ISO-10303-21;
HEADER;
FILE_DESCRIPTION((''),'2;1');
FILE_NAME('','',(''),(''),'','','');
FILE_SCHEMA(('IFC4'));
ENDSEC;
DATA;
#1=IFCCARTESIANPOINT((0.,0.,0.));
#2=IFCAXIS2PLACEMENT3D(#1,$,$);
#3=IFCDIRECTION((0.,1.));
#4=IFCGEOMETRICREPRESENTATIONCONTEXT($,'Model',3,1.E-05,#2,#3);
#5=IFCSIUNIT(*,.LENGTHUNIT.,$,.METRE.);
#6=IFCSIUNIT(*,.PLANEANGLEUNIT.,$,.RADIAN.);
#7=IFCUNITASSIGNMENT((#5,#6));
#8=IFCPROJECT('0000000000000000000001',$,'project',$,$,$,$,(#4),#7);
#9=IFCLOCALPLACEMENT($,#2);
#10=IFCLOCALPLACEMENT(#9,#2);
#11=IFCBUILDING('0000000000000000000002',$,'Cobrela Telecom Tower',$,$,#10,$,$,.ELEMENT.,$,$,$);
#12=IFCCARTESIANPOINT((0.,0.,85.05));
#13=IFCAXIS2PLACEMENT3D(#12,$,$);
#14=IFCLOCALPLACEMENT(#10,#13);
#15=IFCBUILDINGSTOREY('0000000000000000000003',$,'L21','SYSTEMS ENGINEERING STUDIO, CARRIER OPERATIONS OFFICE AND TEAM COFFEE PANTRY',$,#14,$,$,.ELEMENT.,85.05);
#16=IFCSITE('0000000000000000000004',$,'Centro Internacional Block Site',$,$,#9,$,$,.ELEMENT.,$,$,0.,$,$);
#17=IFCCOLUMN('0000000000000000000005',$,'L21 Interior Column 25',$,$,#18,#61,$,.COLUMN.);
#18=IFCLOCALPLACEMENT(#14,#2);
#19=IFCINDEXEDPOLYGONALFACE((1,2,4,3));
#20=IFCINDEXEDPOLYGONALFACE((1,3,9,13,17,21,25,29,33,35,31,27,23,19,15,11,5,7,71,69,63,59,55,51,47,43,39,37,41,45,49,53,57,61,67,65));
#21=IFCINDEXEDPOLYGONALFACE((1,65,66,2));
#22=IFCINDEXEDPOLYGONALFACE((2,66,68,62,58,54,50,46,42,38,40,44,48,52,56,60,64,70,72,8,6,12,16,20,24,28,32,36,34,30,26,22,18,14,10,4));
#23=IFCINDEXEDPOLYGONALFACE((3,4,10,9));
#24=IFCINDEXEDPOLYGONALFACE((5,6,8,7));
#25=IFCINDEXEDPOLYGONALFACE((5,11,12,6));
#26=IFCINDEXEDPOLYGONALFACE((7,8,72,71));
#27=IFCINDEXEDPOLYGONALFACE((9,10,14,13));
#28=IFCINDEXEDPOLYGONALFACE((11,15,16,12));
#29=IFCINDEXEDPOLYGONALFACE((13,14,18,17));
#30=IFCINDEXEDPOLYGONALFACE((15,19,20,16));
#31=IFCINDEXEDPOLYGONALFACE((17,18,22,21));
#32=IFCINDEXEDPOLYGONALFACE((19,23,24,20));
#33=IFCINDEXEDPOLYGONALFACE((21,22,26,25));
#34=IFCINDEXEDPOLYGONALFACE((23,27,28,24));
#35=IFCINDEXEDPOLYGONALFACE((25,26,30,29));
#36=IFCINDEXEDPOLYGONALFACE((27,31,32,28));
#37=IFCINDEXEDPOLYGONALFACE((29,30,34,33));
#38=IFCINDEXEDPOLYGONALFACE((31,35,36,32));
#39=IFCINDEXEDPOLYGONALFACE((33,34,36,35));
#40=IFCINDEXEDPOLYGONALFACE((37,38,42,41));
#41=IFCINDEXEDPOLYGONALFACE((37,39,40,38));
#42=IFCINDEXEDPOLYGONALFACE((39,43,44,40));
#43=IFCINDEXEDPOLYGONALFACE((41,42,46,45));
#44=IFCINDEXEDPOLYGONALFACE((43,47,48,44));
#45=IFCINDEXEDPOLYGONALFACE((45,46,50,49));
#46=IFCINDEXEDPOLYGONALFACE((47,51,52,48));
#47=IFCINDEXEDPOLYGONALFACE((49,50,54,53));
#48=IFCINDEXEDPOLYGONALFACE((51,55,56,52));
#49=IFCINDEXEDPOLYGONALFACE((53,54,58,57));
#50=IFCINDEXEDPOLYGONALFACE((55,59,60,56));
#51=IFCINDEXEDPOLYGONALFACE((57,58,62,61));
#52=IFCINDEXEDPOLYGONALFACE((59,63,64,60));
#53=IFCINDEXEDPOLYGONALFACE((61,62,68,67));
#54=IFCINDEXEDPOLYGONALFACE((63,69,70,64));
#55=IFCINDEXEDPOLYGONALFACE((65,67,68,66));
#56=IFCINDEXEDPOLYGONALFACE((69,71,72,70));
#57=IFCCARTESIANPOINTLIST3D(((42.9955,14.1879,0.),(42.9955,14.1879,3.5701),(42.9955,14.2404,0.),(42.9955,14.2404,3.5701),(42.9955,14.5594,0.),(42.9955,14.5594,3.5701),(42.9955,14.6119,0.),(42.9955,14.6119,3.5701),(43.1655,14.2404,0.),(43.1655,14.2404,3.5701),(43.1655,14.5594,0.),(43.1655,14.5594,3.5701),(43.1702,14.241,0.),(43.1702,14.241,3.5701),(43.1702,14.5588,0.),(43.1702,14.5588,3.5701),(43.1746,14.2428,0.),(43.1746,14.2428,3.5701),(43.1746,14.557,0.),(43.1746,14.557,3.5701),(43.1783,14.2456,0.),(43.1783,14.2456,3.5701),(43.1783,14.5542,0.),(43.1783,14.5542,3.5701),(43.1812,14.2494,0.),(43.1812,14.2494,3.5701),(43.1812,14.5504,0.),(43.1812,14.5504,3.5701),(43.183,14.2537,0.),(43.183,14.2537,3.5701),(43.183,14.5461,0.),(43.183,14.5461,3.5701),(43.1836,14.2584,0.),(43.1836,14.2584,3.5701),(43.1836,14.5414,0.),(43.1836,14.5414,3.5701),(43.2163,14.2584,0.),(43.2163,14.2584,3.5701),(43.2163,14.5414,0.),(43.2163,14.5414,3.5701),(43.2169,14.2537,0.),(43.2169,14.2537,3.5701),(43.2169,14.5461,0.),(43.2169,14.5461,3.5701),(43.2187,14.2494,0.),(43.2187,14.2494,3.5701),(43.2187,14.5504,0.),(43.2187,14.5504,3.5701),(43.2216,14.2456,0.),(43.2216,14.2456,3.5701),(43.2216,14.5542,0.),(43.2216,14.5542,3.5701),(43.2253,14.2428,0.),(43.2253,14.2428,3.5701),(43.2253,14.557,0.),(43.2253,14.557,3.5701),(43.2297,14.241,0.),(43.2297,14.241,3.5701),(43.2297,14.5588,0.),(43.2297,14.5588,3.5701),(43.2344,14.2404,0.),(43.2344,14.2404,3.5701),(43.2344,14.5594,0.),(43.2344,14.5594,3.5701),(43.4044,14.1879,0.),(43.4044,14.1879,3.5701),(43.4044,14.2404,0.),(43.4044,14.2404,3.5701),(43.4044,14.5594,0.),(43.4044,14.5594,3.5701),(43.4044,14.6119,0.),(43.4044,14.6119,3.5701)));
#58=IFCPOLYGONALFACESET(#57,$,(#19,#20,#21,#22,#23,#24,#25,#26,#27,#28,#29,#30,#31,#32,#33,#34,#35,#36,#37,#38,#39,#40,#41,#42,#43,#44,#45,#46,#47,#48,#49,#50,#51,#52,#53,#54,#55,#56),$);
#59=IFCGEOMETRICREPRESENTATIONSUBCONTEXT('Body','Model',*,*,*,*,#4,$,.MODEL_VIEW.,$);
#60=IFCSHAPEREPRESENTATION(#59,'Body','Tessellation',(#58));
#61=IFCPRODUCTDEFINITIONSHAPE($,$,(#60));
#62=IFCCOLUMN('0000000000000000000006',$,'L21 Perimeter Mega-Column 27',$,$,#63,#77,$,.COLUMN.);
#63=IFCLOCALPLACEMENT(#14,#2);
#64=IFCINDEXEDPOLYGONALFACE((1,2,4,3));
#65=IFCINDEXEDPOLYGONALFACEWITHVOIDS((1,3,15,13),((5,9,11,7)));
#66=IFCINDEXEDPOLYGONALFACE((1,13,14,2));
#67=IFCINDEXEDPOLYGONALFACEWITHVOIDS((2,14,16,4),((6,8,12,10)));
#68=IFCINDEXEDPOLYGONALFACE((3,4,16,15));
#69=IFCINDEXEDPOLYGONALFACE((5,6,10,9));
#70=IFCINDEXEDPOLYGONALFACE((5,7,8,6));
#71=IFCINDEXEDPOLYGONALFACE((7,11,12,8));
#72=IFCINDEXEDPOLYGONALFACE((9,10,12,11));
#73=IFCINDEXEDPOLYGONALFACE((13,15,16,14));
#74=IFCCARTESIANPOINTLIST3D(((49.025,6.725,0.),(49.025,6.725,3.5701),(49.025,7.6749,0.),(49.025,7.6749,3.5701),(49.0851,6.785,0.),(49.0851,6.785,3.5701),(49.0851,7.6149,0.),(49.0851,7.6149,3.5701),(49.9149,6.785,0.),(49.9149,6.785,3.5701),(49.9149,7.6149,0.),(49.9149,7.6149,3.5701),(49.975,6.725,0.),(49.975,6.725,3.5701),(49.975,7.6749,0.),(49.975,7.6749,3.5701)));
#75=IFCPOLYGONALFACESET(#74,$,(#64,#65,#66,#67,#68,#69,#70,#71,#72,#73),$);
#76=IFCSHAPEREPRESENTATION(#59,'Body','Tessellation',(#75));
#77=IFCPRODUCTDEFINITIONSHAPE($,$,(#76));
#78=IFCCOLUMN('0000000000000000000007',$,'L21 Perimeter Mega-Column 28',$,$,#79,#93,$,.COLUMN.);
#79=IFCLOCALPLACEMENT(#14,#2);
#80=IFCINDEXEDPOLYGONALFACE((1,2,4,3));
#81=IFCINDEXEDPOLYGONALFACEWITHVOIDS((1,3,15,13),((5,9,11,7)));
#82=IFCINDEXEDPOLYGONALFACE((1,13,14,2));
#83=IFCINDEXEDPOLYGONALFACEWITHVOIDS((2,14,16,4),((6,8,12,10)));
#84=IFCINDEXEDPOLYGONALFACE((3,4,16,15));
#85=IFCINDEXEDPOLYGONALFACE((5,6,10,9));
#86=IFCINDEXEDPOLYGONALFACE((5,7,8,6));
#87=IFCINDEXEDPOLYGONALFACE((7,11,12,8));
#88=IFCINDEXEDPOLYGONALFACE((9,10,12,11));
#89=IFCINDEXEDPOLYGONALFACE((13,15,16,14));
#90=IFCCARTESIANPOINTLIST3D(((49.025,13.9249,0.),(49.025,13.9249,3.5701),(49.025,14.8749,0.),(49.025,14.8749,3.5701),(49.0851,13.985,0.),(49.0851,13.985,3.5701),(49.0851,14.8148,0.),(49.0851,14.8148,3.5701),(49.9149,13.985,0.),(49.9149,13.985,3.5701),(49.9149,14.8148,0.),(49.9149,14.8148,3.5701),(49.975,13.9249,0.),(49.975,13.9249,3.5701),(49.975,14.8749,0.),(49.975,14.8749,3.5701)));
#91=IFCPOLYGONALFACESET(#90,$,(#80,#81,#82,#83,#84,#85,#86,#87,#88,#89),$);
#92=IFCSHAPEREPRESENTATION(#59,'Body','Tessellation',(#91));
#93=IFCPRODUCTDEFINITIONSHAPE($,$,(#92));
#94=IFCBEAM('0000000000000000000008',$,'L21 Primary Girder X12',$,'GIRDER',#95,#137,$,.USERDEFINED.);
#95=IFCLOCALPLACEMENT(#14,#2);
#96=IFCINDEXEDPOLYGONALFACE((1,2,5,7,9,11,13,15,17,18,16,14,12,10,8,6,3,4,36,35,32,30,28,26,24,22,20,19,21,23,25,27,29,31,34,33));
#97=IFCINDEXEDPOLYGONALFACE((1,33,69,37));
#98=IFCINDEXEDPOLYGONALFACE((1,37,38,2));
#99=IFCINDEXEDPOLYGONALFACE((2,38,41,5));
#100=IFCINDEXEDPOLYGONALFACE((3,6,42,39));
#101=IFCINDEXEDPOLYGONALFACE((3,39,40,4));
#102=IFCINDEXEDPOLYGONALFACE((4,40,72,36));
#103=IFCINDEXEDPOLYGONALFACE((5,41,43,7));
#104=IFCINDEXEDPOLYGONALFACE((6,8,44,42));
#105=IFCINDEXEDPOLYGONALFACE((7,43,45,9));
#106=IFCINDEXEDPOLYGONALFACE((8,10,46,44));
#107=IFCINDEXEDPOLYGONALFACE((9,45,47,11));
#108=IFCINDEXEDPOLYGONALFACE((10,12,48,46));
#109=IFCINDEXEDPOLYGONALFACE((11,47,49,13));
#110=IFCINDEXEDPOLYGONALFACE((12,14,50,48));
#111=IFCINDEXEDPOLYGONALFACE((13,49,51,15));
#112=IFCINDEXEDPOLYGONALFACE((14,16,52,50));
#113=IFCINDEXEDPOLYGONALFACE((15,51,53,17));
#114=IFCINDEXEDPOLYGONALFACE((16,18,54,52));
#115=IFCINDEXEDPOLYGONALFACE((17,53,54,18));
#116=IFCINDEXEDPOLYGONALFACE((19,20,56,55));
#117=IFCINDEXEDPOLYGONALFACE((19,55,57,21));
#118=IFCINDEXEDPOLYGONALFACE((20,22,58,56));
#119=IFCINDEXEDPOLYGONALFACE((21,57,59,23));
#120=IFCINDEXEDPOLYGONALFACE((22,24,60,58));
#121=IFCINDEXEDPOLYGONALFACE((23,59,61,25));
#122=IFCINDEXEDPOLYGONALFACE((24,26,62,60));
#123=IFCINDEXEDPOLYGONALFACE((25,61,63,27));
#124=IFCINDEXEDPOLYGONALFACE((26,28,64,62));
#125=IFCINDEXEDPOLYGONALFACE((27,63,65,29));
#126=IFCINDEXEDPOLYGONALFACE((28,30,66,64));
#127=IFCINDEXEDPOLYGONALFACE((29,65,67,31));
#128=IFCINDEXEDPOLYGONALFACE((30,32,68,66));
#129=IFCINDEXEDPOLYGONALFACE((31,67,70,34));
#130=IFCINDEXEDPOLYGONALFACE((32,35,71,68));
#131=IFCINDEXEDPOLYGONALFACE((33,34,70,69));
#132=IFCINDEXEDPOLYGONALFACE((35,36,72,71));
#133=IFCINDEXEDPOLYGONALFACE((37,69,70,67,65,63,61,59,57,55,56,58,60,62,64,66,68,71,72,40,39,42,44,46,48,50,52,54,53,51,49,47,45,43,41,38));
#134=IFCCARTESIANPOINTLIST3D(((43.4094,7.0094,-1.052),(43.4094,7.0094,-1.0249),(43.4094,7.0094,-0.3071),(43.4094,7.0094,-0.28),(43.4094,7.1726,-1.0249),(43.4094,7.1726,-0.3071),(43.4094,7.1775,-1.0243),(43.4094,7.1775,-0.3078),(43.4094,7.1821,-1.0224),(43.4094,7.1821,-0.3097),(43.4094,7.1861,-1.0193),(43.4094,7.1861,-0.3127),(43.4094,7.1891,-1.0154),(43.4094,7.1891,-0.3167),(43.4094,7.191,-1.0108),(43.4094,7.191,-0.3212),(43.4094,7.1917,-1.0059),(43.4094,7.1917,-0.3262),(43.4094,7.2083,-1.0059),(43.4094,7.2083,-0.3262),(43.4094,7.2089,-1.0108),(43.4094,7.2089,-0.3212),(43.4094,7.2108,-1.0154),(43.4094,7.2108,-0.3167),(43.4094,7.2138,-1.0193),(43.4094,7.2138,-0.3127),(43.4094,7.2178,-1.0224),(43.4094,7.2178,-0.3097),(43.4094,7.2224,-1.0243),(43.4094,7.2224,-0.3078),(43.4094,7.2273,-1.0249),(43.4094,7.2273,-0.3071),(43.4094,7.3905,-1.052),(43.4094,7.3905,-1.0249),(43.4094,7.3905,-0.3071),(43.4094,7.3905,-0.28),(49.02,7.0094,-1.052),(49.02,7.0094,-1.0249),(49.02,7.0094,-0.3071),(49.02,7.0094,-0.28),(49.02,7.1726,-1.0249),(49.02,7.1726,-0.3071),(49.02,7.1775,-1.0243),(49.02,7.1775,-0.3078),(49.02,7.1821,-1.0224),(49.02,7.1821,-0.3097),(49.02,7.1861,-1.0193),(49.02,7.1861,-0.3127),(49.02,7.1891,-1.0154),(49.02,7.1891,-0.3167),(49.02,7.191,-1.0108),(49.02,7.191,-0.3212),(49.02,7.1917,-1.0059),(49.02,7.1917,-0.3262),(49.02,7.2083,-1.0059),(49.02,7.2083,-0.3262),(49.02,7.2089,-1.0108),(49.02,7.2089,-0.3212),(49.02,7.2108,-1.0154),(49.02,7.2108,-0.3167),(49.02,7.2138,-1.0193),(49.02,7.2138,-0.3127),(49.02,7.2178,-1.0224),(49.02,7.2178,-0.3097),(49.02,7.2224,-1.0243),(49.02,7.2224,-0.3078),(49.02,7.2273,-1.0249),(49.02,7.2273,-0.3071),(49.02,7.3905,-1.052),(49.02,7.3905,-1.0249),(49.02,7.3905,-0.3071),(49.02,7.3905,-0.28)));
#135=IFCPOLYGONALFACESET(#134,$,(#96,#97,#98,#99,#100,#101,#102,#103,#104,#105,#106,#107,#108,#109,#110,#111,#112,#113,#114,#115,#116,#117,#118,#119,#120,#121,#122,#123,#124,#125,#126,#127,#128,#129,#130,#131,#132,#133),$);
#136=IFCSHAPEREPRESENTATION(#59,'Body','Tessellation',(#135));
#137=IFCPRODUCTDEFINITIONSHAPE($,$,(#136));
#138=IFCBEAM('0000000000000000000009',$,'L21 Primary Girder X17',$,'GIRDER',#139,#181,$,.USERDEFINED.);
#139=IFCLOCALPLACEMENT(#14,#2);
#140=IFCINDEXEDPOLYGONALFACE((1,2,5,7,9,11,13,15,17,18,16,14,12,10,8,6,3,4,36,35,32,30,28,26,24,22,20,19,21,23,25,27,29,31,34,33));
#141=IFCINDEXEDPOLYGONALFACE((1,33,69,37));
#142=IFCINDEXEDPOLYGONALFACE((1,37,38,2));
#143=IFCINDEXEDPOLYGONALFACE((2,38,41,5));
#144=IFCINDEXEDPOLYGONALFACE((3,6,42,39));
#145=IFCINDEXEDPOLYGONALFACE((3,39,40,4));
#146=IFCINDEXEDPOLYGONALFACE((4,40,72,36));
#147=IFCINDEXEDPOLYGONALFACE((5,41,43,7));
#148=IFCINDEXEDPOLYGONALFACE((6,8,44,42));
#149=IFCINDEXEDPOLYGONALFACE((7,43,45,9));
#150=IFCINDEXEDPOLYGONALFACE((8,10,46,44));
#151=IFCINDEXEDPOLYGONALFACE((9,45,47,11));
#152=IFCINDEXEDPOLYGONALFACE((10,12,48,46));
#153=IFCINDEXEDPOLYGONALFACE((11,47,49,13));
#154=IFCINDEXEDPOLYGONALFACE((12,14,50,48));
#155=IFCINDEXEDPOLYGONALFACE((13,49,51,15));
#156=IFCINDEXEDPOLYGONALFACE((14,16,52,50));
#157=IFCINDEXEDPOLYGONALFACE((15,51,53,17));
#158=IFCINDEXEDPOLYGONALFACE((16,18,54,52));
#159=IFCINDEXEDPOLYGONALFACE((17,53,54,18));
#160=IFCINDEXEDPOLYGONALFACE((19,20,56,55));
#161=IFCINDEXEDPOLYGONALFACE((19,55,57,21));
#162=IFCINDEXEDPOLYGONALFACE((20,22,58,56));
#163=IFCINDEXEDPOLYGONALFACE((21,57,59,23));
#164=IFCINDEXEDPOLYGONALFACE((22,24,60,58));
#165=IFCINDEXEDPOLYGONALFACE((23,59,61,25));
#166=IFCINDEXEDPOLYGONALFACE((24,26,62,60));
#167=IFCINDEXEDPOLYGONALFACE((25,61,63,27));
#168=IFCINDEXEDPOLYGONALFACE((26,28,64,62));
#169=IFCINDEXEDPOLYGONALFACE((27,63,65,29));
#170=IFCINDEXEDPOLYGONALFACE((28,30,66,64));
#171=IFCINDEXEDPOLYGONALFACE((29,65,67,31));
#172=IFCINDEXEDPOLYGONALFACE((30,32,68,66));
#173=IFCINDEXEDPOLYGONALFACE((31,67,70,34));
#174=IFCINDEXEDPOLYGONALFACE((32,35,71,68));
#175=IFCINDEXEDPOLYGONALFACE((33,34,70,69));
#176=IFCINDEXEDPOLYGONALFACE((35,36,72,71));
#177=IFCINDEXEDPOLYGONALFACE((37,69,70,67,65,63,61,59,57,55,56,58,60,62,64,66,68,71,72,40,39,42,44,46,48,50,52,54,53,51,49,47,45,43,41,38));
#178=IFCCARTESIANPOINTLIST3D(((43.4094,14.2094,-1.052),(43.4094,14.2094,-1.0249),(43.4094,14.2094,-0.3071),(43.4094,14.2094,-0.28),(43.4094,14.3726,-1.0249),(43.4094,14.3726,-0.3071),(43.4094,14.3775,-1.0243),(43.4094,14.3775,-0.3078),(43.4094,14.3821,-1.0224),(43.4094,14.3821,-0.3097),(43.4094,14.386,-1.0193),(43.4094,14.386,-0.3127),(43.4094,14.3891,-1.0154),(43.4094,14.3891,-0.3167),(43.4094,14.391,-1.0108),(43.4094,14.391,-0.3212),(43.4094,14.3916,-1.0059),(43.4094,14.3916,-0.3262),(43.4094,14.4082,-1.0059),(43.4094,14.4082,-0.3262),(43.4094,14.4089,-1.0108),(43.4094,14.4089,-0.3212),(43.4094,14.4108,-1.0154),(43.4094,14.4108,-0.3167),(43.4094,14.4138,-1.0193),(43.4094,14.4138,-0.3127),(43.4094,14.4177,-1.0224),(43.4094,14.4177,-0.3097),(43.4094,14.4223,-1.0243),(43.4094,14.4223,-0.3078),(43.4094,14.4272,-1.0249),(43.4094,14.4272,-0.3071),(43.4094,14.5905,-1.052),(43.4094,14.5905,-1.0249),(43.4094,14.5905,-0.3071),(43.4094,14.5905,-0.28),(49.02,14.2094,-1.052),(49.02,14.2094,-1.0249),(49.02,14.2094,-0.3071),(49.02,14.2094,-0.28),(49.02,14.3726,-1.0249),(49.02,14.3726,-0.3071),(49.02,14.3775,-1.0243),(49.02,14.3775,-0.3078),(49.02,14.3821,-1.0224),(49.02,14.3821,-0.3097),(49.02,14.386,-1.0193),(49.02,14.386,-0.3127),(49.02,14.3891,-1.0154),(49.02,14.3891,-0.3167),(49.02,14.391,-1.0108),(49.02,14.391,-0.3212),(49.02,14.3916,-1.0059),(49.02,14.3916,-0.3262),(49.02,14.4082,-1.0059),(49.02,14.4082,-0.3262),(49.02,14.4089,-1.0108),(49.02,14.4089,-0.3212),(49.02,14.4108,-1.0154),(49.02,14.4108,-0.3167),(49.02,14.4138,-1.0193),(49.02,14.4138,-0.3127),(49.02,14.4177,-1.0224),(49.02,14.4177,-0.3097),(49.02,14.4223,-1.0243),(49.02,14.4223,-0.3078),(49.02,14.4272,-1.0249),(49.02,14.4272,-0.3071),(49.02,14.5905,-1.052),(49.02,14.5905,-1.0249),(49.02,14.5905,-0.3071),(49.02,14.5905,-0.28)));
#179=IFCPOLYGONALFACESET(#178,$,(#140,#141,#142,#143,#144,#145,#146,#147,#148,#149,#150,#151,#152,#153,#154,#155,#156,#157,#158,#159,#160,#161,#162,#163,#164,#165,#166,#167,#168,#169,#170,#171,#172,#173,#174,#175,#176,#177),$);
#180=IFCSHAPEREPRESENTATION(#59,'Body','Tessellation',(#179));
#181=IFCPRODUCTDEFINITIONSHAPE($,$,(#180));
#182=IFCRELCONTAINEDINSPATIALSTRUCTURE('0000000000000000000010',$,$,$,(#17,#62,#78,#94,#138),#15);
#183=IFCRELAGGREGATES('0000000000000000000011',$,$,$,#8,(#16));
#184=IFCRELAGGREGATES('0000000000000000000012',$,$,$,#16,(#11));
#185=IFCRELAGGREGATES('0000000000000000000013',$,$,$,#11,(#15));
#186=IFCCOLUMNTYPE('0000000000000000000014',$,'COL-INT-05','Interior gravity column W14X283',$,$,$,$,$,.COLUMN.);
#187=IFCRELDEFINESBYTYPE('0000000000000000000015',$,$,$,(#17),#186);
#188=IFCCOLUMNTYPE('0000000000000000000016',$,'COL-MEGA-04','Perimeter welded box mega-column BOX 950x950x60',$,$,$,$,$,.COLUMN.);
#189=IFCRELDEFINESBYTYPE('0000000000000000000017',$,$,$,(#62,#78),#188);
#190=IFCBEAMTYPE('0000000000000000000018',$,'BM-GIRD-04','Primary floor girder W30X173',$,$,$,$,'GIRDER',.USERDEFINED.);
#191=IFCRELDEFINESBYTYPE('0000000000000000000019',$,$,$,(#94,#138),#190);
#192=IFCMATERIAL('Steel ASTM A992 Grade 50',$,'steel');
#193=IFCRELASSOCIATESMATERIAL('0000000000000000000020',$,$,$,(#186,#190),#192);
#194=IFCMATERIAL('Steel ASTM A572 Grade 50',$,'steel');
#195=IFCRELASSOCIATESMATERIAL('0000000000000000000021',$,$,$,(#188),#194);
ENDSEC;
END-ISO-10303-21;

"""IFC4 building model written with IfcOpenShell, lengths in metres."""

from ifc_helpers import new_model, si_unit, direction, frame, origin, origin_2d, place, context, subcontext, project, spatial, hollow_rectangle, i_section, extrude, material, material_profile, profile_set, type_object, element, save


model = new_model("IFC4")

# Units and contexts
model_context = context("Model", 3, precision=1e-05, world=origin(), true_north=direction((0.0, 1.0)))
body_context = subcontext(model_context, "Body", "Model", "MODEL_VIEW")
ifc_project = project(units=[si_unit("LENGTHUNIT", "METRE"), si_unit("PLANEANGLEUNIT", "RADIAN")], contexts=[model_context])

# Site, building, storey
site_placement = place(None, origin())
site = spatial("IfcSite", under=ifc_project, at=site_placement, Name="Centro Internacional Block Site", CompositionType="ELEMENT", RefElevation=0.0)
building_placement = place(site_placement, origin())
building = spatial("IfcBuilding", under=site, at=building_placement, Name="Cobrela Telecom Tower", CompositionType="ELEMENT")
storey_placement = place(building_placement, frame((0.0, 0.0, 85.05)))
storey = spatial("IfcBuildingStorey", under=building, at=storey_placement, Name="L21", Description="SYSTEMS ENGINEERING STUDIO, CARRIER OPERATIONS OFFICE AND TEAM COFFEE PANTRY", CompositionType="ELEMENT", Elevation=85.05)

# Columns
ifc_material_1 = material(Name="Steel ASTM A992 Grade 50", Category="steel")
ifc_material_profile_1 = material_profile(ifc_material_1, i_section(OverallWidth=0.4089, OverallDepth=0.4241, WebThickness=0.0327, FlangeThickness=0.0525, FilletRadius=0.0181, at=origin_2d()), Name="W14X283")
ifc_profile_set_1 = profile_set([ifc_material_profile_1], Name="Steel ASTM A992 Grade 50")
column_type_1 = type_object("IfcColumnType", Name="COL-INT-05", Description="Interior gravity column W14X283", PredefinedType="COLUMN", material=ifc_profile_set_1)
column_placement = place(storey_placement, frame((43.2, 14.3999, 0.0), z_axis=(0.0, 0.0, 1.0), x_axis=(1.0, 0.0, 0.0)))
element("IfcColumn", 1, at=column_placement, inside=storey, type_object=column_type_1, Name="L21 Interior Column 25", PredefinedType="COLUMN", context=body_context, shape_type="SweptSolid", body=[
    extrude(i_section(OverallWidth=0.4089, OverallDepth=0.4241, WebThickness=0.0327, FlangeThickness=0.0525, FilletRadius=0.0181, at=origin_2d()), origin(), (0.0, 0.0, 1.0), 3.5701),
])
ifc_material_2 = material(Name="Steel ASTM A572 Grade 50", Category="steel")
ifc_material_profile_2 = material_profile(ifc_material_2, hollow_rectangle(XDim=0.95, YDim=0.95, WallThickness=0.0601, at=origin_2d()), Name="BOX 950x950x60")
ifc_profile_set_2 = profile_set([ifc_material_profile_2], Name="Steel ASTM A572 Grade 50")
column_type_2 = type_object("IfcColumnType", Name="COL-MEGA-04", Description="Perimeter welded box mega-column BOX 950x950x60", PredefinedType="COLUMN", material=ifc_profile_set_2)
for number, where, z_axis, x_axis, name in (
    (2, (49.5, 7.2, 0.0), (0.0, 0.0, 1.0), (1.0, 0.0, 0.0), "L21 Perimeter Mega-Column 27"),
    (3, (49.5, 14.3999, 0.0), (0.0, 0.0, 1.0), (1.0, 0.0, 0.0), "L21 Perimeter Mega-Column 28"),
):
    element("IfcColumn", number, at=place(storey_placement, frame(where, z_axis=z_axis, x_axis=x_axis)), inside=storey, type_object=column_type_2, Name=name, PredefinedType="COLUMN", context=body_context, shape_type="SweptSolid", body=[
        extrude(hollow_rectangle(XDim=0.95, YDim=0.95, WallThickness=0.0601, at=origin_2d()), origin(), (0.0, 0.0, 1.0), 3.5701),
    ])

# Beams
ifc_material_profile_3 = material_profile(ifc_material_1, i_section(OverallWidth=0.3811, OverallDepth=0.772, WebThickness=0.0166, FlangeThickness=0.0271, FilletRadius=0.019, at=origin_2d()), Name="W30X173")
ifc_profile_set_3 = profile_set([ifc_material_profile_3], Name="Steel ASTM A992 Grade 50")
beam_type_1 = type_object("IfcBeamType", Name="BM-GIRD-04", Description="Primary floor girder W30X173", ElementType="GIRDER", PredefinedType="USERDEFINED", material=ifc_profile_set_3)
for number, where, z_axis, x_axis, name in (
    (4, (43.4094, 7.2, -0.666), (1.0, 0.0, 0.0), (0.0, 1.0, 0.0), "L21 Primary Girder X12"),
    (5, (43.4094, 14.3999, -0.666), (1.0, 0.0, 0.0), (0.0, 1.0, 0.0), "L21 Primary Girder X17"),
):
    element("IfcBeam", number, at=place(storey_placement, frame(where, z_axis=z_axis, x_axis=x_axis)), inside=storey, type_object=beam_type_1, Name=name, ObjectType="GIRDER", PredefinedType="USERDEFINED", context=body_context, shape_type="SweptSolid", body=[
        extrude(i_section(OverallWidth=0.3811, OverallDepth=0.772, WebThickness=0.0166, FlangeThickness=0.0271, FilletRadius=0.019, at=origin_2d()), origin(), (0.0, 0.0, 1.0), 5.6106),
    ])

save(model, "model.ifc")
